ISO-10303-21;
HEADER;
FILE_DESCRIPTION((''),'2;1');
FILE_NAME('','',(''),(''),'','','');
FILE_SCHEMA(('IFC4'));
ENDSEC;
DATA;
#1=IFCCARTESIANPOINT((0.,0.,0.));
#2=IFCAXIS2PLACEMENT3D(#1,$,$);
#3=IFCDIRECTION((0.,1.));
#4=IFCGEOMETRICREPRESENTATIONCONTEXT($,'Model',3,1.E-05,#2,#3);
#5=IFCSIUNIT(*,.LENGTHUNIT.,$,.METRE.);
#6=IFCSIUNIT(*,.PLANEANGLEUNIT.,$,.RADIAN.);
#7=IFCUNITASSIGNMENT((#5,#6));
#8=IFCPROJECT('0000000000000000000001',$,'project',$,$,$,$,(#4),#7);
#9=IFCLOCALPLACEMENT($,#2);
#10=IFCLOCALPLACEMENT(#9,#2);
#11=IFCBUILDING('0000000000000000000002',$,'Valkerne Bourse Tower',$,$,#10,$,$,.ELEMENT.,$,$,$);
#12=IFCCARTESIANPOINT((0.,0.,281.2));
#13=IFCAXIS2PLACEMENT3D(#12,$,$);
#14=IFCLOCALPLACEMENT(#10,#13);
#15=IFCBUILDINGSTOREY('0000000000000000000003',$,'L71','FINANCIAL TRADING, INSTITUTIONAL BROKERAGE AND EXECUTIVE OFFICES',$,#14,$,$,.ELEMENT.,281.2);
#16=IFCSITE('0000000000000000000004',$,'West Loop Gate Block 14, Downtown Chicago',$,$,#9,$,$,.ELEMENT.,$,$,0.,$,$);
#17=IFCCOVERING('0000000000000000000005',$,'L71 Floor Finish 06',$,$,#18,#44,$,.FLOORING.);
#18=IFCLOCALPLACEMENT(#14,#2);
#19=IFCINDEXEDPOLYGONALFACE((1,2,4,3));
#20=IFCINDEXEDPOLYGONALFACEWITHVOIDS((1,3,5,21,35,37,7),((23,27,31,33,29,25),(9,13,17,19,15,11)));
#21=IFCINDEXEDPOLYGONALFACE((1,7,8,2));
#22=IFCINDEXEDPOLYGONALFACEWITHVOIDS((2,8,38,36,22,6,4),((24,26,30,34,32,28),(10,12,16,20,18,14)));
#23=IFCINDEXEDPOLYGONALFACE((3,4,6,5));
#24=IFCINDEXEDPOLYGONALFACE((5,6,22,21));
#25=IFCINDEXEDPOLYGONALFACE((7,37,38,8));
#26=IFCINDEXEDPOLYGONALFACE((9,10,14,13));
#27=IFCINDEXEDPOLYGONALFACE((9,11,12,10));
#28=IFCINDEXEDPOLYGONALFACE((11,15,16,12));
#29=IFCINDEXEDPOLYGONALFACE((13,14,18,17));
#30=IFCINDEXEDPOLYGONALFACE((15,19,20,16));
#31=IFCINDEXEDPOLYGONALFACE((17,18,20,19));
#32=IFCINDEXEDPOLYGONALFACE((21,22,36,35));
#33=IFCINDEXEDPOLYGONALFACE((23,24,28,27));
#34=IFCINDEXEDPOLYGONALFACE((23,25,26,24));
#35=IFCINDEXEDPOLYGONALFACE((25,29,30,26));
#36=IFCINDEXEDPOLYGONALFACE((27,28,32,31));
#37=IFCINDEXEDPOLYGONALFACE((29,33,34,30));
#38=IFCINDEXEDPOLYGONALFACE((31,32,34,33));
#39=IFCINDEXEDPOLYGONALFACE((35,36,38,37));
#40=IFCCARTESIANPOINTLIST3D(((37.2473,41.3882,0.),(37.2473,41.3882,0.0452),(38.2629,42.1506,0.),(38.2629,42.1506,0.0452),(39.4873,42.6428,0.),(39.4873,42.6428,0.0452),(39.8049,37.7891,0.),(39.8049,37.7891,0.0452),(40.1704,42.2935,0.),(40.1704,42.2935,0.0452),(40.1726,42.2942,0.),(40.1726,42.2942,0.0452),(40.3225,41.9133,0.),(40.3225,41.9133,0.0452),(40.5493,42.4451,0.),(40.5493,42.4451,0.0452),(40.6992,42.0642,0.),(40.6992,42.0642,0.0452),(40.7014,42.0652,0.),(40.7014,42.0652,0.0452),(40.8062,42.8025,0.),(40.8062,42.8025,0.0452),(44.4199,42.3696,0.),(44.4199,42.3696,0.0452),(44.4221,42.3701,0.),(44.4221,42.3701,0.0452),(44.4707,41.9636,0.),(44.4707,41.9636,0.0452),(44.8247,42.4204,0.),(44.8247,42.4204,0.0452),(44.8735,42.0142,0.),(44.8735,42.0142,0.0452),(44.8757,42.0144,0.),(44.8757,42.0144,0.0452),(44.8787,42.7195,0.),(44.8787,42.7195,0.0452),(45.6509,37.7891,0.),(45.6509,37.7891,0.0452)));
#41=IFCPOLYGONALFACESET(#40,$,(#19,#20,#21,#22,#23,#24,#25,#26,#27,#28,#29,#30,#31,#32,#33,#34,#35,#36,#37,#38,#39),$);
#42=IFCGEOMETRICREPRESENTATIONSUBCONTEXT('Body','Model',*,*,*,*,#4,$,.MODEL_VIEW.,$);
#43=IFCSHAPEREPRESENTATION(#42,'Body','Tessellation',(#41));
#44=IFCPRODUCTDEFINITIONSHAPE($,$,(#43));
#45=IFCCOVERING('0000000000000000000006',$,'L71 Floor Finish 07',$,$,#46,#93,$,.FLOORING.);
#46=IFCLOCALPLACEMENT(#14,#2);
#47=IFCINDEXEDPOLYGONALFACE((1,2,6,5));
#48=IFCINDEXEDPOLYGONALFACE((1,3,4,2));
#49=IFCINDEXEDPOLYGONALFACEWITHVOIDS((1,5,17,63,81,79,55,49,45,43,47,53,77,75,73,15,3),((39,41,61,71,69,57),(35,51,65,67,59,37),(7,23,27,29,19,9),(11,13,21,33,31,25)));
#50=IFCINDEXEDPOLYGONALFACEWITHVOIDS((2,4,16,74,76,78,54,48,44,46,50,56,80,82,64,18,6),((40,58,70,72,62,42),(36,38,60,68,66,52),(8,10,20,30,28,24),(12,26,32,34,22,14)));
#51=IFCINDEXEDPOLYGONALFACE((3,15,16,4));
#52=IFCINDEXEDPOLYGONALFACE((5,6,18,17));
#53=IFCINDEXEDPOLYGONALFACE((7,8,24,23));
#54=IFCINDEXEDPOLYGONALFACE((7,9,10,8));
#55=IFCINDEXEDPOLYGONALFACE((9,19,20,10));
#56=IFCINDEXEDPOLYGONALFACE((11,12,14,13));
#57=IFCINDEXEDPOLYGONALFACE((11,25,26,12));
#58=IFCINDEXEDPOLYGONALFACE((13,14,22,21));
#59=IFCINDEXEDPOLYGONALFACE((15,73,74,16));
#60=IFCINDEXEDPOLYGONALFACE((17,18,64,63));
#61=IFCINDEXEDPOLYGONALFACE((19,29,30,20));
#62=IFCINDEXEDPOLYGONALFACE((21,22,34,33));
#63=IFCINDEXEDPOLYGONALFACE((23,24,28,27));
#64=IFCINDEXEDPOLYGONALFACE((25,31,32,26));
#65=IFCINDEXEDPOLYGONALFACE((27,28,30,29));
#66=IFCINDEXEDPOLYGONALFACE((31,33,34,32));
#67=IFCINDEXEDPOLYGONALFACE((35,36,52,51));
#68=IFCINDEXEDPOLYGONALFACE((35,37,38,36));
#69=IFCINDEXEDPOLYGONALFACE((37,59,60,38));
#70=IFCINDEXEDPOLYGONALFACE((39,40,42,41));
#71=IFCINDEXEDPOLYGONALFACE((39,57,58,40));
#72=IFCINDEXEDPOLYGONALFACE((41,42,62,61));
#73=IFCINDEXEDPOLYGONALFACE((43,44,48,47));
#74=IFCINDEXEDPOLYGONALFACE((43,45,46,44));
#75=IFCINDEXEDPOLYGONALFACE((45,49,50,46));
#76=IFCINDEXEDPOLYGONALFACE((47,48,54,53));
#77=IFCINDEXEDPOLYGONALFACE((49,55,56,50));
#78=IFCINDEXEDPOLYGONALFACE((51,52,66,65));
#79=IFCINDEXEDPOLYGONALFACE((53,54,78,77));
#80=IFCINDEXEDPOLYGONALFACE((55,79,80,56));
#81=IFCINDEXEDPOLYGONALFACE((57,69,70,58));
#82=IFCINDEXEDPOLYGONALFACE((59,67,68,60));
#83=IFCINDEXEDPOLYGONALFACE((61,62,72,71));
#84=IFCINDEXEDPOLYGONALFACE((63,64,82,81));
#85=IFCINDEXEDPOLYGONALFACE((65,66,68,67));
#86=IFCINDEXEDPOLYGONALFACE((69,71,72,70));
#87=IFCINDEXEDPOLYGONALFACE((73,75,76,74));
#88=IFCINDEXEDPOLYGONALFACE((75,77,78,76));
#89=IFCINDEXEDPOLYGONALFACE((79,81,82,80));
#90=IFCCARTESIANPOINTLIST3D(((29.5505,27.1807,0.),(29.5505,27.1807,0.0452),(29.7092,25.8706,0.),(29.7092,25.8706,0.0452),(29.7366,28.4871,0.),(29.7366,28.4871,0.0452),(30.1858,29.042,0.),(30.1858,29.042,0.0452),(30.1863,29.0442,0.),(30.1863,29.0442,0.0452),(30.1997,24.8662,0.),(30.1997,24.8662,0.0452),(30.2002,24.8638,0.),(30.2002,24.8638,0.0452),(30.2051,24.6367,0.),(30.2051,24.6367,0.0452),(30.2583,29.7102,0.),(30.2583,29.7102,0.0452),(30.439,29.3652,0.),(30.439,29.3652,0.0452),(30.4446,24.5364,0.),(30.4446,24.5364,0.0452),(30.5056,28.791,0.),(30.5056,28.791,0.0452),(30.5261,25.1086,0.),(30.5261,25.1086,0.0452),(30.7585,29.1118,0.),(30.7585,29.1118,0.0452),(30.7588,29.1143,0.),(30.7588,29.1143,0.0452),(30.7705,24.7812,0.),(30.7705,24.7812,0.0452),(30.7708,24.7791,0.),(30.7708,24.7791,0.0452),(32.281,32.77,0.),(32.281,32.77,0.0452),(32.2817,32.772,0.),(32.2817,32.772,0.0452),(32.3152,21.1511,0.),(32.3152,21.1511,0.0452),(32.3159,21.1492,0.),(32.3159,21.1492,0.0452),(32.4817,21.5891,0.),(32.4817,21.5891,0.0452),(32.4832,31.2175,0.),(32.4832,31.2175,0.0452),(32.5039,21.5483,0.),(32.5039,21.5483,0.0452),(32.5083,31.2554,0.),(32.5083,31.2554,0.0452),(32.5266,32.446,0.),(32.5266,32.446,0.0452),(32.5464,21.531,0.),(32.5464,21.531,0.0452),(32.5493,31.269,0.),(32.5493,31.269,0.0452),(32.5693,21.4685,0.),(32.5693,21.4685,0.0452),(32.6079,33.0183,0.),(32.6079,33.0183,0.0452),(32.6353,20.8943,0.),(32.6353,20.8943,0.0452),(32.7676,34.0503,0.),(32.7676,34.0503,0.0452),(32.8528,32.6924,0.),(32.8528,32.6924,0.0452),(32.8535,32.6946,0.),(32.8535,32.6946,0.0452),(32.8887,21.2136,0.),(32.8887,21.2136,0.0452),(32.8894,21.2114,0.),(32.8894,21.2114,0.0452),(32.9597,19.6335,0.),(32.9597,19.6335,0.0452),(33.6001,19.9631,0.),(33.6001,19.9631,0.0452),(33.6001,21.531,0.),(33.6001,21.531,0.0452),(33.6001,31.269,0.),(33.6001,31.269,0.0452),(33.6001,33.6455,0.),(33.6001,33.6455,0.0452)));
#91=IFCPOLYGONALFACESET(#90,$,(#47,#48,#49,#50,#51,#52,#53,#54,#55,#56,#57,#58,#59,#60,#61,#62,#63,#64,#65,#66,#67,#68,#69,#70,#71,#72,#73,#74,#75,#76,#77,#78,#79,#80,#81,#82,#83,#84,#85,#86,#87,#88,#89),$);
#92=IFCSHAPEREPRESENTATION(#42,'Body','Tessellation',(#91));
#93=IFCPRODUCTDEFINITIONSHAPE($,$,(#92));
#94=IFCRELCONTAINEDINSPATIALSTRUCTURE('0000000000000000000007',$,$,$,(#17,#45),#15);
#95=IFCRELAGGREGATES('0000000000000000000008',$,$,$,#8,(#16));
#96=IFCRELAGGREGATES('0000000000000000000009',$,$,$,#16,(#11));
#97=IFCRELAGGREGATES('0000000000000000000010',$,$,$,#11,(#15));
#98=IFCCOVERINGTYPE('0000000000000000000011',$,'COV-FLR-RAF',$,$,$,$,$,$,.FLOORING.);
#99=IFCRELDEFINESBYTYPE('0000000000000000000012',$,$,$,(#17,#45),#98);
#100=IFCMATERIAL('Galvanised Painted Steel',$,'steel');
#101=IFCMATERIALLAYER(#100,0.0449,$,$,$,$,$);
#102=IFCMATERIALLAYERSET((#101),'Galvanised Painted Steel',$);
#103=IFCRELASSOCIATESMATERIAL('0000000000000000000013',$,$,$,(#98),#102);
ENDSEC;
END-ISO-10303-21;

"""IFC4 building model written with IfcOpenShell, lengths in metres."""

from ifc_helpers import new_model, si_unit, direction, frame, origin, place, context, subcontext, project, spatial, polyline, outline, extrude, material, layer, layer_set, type_object, element, save


model = new_model("IFC4")

# Units and contexts
model_context = context("Model", 3, precision=1e-05, world=origin(), true_north=direction((0.0, 1.0)))
body_context = subcontext(model_context, "Body", "Model", "MODEL_VIEW")
ifc_project = project(units=[si_unit("LENGTHUNIT", "METRE"), si_unit("PLANEANGLEUNIT", "RADIAN")], contexts=[model_context])

# Site, building, storey
site_placement = place(None, origin())
site = spatial("IfcSite", under=ifc_project, at=site_placement, Name="West Loop Gate Block 14, Downtown Chicago", CompositionType="ELEMENT", RefElevation=0.0)
building_placement = place(site_placement, origin())
building = spatial("IfcBuilding", under=site, at=building_placement, Name="Valkerne Bourse Tower", CompositionType="ELEMENT")
storey_placement = place(building_placement, frame((0.0, 0.0, 281.2)))
storey = spatial("IfcBuildingStorey", under=building, at=storey_placement, Name="L71", Description="FINANCIAL TRADING, INSTITUTIONAL BROKERAGE AND EXECUTIVE OFFICES", CompositionType="ELEMENT", Elevation=281.2)

# Coverings
ifc_material_1 = material(Name="Galvanised Painted Steel", Category="steel")
ifc_layer_1 = layer(ifc_material_1, 0.0449)
ifc_layer_set_1 = layer_set([ifc_layer_1], Name="Galvanised Painted Steel")
covering_type_1 = type_object("IfcCoveringType", Name="COV-FLR-RAF", PredefinedType="FLOORING", material=ifc_layer_set_1)
covering_1_placement = place(storey_placement, origin())
element("IfcCovering", 1, at=covering_1_placement, inside=storey, type_object=covering_type_1, Name="L71 Floor Finish 06", PredefinedType="FLOORING", context=body_context, shape_type="SweptSolid", body=[
    extrude(outline(polyline([(40.8062, 42.8025), (44.8787, 42.7195), (45.6509, 37.7891), (39.8049, 37.7891), (37.2473, 41.3882), (38.2629, 42.1506), (39.4873, 42.6428), (40.8062, 42.8025)]), holes=[polyline([(40.6992, 42.0642), (40.7014, 42.0652), (40.5493, 42.4451), (40.1726, 42.2942), (40.1704, 42.2935), (40.3225, 41.9133), (40.6992, 42.0642)]), polyline([(44.8757, 42.0144), (44.8247, 42.4204), (44.4221, 42.3701), (44.4199, 42.3696), (44.4707, 41.9636), (44.8735, 42.0142), (44.8757, 42.0144)])]), origin(), (0.0, 0.0, 1.0), 0.0452),
])
covering_2_placement = place(storey_placement, origin())
element("IfcCovering", 2, at=covering_2_placement, inside=storey, type_object=covering_type_1, Name="L71 Floor Finish 07", PredefinedType="FLOORING", context=body_context, shape_type="SweptSolid", body=[
    extrude(outline(polyline([(29.5505, 27.1807), (29.7366, 28.4871), (30.2583, 29.7102), (32.7676, 34.0503), (33.6001, 33.6455), (33.6001, 31.269), (32.5493, 31.269), (32.5083, 31.2554), (32.4832, 31.2175), (32.4817, 21.5891), (32.5039, 21.5483), (32.5464, 21.531), (33.6001, 21.531), (33.6001, 19.9631), (32.9597, 19.6335), (30.2051, 24.6367), (29.7092, 25.8706), (29.5505, 27.1807)]), holes=[polyline([(32.8887, 21.2136), (32.5693, 21.4685), (32.3152, 21.1511), (32.3159, 21.1492), (32.6353, 20.8943), (32.8894, 21.2114), (32.8887, 21.2136)]), polyline([(30.7705, 24.7812), (30.5261, 25.1086), (30.1997, 24.8662), (30.2002, 24.8638), (30.4446, 24.5364), (30.7708, 24.7791), (30.7705, 24.7812)]), polyline([(30.7588, 29.1143), (30.439, 29.3652), (30.1863, 29.0442), (30.1858, 29.042), (30.5056, 28.791), (30.7585, 29.1118), (30.7588, 29.1143)]), polyline([(32.8535, 32.6946), (32.6079, 33.0183), (32.2817, 32.772), (32.281, 32.77), (32.5266, 32.446), (32.8528, 32.6924), (32.8535, 32.6946)])]), origin(), (0.0, 0.0, 1.0), 0.0452),
])

save(model, "model.ifc")
